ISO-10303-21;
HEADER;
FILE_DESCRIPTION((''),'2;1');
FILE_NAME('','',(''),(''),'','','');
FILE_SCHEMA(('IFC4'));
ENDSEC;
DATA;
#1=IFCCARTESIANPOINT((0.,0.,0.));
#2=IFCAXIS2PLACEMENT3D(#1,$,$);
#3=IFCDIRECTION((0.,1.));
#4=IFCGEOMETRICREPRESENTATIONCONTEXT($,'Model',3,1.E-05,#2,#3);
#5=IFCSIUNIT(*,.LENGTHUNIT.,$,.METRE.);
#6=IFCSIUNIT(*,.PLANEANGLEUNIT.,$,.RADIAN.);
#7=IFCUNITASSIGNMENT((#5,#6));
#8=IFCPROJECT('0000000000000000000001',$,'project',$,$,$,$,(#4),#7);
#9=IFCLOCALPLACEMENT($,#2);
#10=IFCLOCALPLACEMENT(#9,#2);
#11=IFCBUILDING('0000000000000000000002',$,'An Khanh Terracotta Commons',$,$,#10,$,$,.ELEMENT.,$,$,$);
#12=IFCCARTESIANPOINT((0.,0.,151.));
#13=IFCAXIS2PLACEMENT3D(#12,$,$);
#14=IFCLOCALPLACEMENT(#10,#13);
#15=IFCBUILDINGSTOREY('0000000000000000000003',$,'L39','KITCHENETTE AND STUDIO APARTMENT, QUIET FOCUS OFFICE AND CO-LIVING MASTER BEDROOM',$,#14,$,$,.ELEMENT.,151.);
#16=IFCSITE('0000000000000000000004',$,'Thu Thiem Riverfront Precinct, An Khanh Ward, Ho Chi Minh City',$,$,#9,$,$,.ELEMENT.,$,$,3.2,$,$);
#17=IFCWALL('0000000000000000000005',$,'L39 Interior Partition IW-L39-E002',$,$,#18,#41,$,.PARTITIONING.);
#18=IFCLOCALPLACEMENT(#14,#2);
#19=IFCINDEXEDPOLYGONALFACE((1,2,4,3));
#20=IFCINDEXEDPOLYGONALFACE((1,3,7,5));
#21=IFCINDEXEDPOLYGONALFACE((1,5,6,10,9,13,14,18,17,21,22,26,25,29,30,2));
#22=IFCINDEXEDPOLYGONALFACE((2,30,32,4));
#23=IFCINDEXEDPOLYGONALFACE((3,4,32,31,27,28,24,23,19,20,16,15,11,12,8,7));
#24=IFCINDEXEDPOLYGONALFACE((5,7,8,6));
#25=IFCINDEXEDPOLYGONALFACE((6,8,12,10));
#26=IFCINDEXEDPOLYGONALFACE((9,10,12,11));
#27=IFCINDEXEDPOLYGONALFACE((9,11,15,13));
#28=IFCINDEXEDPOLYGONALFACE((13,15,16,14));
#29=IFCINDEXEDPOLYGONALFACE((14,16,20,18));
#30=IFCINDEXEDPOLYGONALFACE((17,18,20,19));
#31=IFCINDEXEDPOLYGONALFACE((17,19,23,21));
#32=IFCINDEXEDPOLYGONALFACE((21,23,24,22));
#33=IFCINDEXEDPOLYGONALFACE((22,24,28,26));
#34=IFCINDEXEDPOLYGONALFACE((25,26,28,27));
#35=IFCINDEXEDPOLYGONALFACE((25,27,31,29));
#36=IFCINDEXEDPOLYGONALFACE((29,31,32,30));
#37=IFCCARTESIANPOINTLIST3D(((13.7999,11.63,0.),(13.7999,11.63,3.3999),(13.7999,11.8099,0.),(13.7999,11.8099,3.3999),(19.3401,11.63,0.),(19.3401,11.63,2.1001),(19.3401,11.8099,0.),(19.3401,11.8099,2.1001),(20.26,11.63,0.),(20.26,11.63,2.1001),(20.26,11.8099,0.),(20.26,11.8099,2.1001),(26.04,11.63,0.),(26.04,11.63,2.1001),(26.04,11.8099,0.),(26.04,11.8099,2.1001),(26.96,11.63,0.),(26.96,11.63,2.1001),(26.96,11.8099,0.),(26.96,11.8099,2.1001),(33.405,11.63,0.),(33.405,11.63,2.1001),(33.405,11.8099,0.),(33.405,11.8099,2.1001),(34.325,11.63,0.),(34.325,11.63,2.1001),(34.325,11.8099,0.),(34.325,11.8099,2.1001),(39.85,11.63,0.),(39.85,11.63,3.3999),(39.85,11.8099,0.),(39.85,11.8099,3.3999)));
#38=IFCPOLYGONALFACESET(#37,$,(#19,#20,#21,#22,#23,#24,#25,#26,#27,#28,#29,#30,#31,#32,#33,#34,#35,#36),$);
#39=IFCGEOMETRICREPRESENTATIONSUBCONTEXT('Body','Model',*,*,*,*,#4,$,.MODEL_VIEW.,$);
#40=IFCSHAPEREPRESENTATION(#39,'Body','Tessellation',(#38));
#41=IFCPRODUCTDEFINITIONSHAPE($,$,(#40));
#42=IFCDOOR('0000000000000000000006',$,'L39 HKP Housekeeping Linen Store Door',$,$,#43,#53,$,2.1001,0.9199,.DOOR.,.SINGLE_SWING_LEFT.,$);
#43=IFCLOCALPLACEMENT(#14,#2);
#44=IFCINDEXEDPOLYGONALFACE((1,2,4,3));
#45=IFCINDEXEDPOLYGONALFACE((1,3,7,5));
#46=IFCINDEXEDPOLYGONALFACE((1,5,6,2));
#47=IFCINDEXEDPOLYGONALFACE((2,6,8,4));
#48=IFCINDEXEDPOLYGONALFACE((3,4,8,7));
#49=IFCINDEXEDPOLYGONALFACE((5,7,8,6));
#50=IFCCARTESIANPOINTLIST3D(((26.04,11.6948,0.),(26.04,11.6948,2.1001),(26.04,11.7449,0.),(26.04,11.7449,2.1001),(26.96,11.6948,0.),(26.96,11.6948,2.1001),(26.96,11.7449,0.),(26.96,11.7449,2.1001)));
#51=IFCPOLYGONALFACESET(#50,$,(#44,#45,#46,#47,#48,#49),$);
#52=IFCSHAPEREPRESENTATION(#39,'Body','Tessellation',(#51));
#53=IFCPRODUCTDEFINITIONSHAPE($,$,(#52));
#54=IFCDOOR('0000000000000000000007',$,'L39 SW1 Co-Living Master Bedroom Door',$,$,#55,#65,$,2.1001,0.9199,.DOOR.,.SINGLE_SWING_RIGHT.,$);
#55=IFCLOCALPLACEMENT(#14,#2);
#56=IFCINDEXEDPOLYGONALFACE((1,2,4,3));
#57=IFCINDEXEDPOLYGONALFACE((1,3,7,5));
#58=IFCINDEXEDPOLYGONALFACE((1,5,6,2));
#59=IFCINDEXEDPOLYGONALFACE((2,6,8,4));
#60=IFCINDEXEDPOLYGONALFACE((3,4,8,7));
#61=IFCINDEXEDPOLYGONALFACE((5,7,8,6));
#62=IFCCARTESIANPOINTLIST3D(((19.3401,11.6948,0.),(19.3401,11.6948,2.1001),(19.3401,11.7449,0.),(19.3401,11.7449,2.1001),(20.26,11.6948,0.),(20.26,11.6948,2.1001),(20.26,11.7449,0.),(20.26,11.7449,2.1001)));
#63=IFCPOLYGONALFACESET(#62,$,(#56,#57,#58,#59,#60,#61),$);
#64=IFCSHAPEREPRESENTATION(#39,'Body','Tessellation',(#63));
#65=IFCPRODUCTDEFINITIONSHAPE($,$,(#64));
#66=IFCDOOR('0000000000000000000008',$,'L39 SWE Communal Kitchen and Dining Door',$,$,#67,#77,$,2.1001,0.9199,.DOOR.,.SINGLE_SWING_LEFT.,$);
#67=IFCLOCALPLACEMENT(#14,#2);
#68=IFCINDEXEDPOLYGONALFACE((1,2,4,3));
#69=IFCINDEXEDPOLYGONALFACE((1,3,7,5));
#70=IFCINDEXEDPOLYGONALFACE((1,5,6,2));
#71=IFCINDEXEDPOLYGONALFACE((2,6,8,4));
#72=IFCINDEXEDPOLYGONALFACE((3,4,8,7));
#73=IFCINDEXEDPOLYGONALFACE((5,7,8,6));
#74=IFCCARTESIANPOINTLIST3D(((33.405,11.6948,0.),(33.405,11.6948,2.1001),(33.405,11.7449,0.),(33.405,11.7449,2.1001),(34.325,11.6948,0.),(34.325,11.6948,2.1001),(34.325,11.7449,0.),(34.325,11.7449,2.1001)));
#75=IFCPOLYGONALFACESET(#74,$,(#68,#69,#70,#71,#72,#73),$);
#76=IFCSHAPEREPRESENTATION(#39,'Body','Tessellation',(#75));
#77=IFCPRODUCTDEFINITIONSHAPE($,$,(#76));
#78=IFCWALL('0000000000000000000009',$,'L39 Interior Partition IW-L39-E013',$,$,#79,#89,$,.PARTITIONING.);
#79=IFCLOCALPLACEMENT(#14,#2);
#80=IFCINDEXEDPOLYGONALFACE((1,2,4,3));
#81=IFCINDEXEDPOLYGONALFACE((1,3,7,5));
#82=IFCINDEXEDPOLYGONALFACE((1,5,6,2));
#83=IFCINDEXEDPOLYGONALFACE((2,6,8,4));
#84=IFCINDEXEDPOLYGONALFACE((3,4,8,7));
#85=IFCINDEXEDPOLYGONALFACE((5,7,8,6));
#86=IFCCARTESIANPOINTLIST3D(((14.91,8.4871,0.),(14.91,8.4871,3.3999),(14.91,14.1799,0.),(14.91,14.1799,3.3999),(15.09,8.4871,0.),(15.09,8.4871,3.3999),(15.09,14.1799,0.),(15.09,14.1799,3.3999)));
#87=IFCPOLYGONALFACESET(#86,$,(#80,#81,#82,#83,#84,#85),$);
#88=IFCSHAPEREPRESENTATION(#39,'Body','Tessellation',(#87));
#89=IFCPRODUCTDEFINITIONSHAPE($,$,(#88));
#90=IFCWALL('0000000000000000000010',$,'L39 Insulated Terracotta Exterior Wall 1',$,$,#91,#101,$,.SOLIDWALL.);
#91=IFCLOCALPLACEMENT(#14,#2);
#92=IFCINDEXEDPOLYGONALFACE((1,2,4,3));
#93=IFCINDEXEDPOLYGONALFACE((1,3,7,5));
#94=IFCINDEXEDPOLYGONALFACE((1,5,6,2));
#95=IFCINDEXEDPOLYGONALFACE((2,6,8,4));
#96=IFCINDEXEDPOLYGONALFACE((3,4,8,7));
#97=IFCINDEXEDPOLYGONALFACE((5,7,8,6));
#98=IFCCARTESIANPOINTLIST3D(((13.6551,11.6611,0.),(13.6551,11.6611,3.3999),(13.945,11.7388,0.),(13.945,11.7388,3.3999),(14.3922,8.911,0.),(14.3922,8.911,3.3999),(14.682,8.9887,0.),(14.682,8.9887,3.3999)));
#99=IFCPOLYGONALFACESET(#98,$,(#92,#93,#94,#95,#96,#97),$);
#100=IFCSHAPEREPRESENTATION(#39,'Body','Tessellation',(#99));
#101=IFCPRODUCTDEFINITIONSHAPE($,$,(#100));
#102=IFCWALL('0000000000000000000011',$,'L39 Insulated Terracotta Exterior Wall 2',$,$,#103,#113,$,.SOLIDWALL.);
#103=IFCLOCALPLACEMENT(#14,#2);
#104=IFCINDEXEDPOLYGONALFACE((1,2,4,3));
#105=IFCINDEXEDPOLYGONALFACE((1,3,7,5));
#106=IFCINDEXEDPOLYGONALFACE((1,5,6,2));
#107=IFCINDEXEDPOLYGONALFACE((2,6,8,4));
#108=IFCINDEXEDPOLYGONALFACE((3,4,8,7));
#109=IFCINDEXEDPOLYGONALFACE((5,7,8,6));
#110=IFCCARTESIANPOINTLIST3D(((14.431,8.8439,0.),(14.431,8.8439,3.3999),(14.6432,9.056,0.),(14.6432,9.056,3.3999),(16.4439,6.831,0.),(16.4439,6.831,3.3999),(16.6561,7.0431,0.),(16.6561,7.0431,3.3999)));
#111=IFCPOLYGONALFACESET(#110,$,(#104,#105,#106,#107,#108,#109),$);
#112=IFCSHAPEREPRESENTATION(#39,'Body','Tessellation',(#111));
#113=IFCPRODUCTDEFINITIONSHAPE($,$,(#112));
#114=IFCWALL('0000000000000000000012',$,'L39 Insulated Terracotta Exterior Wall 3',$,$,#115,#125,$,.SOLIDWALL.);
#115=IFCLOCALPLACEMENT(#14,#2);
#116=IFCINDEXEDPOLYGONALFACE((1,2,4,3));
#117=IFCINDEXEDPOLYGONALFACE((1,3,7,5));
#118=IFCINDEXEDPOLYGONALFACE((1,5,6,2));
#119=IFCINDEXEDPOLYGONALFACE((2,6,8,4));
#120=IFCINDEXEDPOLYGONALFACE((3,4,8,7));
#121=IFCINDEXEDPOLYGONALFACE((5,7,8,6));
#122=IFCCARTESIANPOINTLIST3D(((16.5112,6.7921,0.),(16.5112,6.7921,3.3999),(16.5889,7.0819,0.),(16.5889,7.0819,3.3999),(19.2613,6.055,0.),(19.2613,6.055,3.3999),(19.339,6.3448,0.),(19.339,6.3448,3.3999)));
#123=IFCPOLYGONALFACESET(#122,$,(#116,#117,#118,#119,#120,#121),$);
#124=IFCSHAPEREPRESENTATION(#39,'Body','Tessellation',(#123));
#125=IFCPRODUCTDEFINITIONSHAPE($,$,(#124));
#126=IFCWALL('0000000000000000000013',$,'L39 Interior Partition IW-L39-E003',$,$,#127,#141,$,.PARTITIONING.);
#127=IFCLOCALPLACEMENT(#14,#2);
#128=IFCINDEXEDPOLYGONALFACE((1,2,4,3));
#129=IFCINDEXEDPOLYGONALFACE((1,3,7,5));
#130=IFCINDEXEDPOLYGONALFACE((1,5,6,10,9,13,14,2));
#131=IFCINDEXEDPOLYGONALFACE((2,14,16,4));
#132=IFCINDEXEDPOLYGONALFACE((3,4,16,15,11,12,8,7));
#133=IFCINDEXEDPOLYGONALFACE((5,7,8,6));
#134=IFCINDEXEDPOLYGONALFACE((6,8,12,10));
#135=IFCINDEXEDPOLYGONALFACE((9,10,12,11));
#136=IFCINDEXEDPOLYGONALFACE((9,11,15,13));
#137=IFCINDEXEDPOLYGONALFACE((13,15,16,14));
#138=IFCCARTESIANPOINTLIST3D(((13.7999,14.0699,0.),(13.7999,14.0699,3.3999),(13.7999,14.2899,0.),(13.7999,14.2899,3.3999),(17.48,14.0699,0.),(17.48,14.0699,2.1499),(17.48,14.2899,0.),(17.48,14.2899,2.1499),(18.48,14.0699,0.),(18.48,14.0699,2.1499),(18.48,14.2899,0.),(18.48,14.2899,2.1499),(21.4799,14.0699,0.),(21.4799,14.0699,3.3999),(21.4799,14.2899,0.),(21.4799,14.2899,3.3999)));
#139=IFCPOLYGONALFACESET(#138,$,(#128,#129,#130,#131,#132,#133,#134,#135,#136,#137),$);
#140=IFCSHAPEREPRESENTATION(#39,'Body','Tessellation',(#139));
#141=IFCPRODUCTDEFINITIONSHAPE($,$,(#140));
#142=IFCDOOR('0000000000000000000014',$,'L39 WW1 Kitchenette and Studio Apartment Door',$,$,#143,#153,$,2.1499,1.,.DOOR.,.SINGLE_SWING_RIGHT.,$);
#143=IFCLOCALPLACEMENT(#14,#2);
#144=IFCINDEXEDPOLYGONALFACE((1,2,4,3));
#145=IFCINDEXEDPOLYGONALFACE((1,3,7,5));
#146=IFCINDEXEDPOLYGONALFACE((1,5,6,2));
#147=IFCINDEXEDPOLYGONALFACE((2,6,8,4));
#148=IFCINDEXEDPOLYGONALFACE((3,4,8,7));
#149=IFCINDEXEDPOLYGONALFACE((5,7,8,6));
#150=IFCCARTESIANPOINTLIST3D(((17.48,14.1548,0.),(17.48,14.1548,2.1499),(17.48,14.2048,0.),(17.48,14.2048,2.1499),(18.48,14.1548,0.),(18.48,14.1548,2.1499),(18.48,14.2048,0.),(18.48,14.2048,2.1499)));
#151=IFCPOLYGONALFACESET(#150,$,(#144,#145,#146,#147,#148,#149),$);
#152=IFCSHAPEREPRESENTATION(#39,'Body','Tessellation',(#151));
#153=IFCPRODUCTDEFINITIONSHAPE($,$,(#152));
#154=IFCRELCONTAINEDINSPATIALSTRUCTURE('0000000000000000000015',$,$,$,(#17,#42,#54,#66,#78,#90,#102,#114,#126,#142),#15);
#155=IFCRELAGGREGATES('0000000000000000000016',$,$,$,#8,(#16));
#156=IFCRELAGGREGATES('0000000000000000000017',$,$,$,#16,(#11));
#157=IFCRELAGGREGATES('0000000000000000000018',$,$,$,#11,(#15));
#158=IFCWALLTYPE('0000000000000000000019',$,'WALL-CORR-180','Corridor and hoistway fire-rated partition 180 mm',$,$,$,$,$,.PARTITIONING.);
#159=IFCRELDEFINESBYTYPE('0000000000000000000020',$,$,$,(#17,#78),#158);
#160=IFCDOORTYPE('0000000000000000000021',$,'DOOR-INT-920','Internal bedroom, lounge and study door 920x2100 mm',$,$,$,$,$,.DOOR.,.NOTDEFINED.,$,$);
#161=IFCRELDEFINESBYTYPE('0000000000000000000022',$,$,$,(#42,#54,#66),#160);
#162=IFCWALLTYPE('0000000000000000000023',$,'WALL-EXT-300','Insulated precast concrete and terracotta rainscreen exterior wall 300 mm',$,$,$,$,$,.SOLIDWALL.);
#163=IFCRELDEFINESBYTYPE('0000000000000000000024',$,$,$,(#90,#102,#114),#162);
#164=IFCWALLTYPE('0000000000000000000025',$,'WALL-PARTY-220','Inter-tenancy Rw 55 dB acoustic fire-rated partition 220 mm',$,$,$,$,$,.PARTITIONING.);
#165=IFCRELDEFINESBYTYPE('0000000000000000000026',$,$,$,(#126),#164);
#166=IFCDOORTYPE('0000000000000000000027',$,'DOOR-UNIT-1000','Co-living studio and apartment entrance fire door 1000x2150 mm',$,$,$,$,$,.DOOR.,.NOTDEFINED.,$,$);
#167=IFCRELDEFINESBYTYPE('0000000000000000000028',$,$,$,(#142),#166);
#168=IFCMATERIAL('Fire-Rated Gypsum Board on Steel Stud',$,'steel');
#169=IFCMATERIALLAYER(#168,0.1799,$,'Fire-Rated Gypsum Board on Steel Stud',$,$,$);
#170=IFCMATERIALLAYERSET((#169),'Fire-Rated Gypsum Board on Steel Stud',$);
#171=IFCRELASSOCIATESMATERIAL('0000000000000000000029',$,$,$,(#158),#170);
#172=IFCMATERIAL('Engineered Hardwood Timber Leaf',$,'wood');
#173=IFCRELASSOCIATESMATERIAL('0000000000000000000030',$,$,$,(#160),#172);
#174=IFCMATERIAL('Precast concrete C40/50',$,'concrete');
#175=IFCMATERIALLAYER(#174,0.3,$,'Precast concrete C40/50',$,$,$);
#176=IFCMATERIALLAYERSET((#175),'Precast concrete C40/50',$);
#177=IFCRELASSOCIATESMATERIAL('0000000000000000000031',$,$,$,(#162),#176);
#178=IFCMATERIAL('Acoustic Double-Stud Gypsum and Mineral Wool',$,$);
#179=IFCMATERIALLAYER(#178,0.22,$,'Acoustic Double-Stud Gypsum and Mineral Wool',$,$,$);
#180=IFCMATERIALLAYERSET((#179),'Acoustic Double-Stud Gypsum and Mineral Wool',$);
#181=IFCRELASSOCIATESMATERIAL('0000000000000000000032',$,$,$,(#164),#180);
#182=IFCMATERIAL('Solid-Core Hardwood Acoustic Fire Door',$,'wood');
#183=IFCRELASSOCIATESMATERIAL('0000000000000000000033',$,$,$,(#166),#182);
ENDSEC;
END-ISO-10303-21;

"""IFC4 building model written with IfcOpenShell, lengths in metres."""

from ifc_helpers import new_model, si_unit, direction, frame, frame_2d, origin, place, context, subcontext, project, spatial, rectangle, extrude, material, layer, layer_set, type_object, element, fill, save


model = new_model("IFC4")

# Units and contexts
model_context = context("Model", 3, precision=1e-05, world=origin(), true_north=direction((0.0, 1.0)))
body_context = subcontext(model_context, "Body", "Model", "MODEL_VIEW")
ifc_project = project(units=[si_unit("LENGTHUNIT", "METRE"), si_unit("PLANEANGLEUNIT", "RADIAN")], contexts=[model_context])

# Site, building, storey
site_placement = place(None, origin())
site = spatial("IfcSite", under=ifc_project, at=site_placement, Name="Thu Thiem Riverfront Precinct, An Khanh Ward, Ho Chi Minh City", CompositionType="ELEMENT", RefElevation=3.2)
building_placement = place(site_placement, origin())
building = spatial("IfcBuilding", under=site, at=building_placement, Name="An Khanh Terracotta Commons", CompositionType="ELEMENT")
storey_placement = place(building_placement, frame((0.0, 0.0, 151.0)))
storey = spatial("IfcBuildingStorey", under=building, at=storey_placement, Name="L39", Description="KITCHENETTE AND STUDIO APARTMENT, QUIET FOCUS OFFICE AND CO-LIVING MASTER BEDROOM", CompositionType="ELEMENT", Elevation=151.0)

# Shared definitions
ifc_material_1 = material(Name="Precast concrete C40/50", Category="concrete")

# Wall, openings, doors
ifc_material_2 = material(Name="Fire-Rated Gypsum Board on Steel Stud", Category="steel")
ifc_layer_1 = layer(ifc_material_2, 0.1799, Name="Fire-Rated Gypsum Board on Steel Stud")
ifc_layer_set_1 = layer_set([ifc_layer_1], Name="Fire-Rated Gypsum Board on Steel Stud")
wall_type_1 = type_object("IfcWallType", Name="WALL-CORR-180", Description="Corridor and hoistway fire-rated partition 180 mm", PredefinedType="PARTITIONING", material=ifc_layer_set_1)
wall_1_placement = place(storey_placement, frame((13.8, 11.72, 0.0), z_axis=(0.0, 0.0, 1.0), x_axis=(1.0, 0.0, 0.0)))
wall_1 = element("IfcWall", 1, at=wall_1_placement, inside=storey, type_object=wall_type_1, Name="L39 Interior Partition IW-L39-E002", PredefinedType="PARTITIONING", context=body_context, shape_type="SweptSolid", body=[
    extrude(rectangle(XDim=26.05, YDim=0.1799, at=frame_2d((13.0249, 0.0))), origin(), (0.0, 0.0, 1.0), 3.3999),
])
opening_1_placement = place(wall_1_placement, frame((12.24, 0.0, 0.0)))
opening_1 = element("IfcOpeningElement", 2, at=opening_1_placement, cuts=wall_1, PredefinedType="OPENING", context=body_context, shape_type="SweptSolid", body=[
    extrude(rectangle(XDim=0.9199, YDim=2.1001, at=frame_2d((0.46, 1.05))), frame((0.0, 0.0999, 0.0), z_axis=(0.0, -1.0, 0.0), x_axis=(1.0, 0.0, 0.0)), (0.0, 0.0, 1.0), 0.2),
])
opening_2_placement = place(wall_1_placement, frame((5.54, 0.0, 0.0)))
opening_2 = element("IfcOpeningElement", 3, at=opening_2_placement, cuts=wall_1, PredefinedType="OPENING", context=body_context, shape_type="SweptSolid", body=[
    extrude(rectangle(XDim=0.9199, YDim=2.1001, at=frame_2d((0.46, 1.05))), frame((0.0, 0.0999, 0.0), z_axis=(0.0, -1.0, 0.0), x_axis=(1.0, 0.0, 0.0)), (0.0, 0.0, 1.0), 0.2),
])
opening_3_placement = place(wall_1_placement, frame((19.605, 0.0, 0.0)))
opening_3 = element("IfcOpeningElement", 4, at=opening_3_placement, cuts=wall_1, PredefinedType="OPENING", context=body_context, shape_type="SweptSolid", body=[
    extrude(rectangle(XDim=0.9199, YDim=2.1001, at=frame_2d((0.46, 1.05))), frame((0.0, 0.0999, 0.0), z_axis=(0.0, -1.0, 0.0), x_axis=(1.0, 0.0, 0.0)), (0.0, 0.0, 1.0), 0.2),
])
ifc_material_3 = material(Name="Engineered Hardwood Timber Leaf", Category="wood")
door_type_1 = type_object("IfcDoorType", Name="DOOR-INT-920", Description="Internal bedroom, lounge and study door 920x2100 mm", OperationType="NOTDEFINED", PredefinedType="DOOR", material=ifc_material_3)
door_1_placement = place(opening_1_placement, origin())
door_1 = element("IfcDoor", 5, at=door_1_placement, inside=storey, type_object=door_type_1, Name="L39 HKP Housekeeping Linen Store Door", OperationType="SINGLE_SWING_LEFT", OverallHeight=2.1001, OverallWidth=0.9199, PredefinedType="DOOR", context=body_context, shape_type="SweptSolid", body=[
    extrude(rectangle(XDim=0.9199, YDim=2.1001, at=frame_2d((0.46, 1.05))), frame((0.0, 0.0249, 0.0), z_axis=(0.0, -1.0, 0.0), x_axis=(1.0, 0.0, 0.0)), (0.0, 0.0, 1.0), 0.05),
])
fill(opening_1, door_1)
door_2_placement = place(opening_2_placement, origin())
door_2 = element("IfcDoor", 6, at=door_2_placement, inside=storey, type_object=door_type_1, Name="L39 SW1 Co-Living Master Bedroom Door", OperationType="SINGLE_SWING_RIGHT", OverallHeight=2.1001, OverallWidth=0.9199, PredefinedType="DOOR", context=body_context, shape_type="SweptSolid", body=[
    extrude(rectangle(XDim=0.9199, YDim=2.1001, at=frame_2d((0.46, 1.05))), frame((0.0, 0.0249, 0.0), z_axis=(0.0, -1.0, 0.0), x_axis=(1.0, 0.0, 0.0)), (0.0, 0.0, 1.0), 0.05),
])
fill(opening_2, door_2)
door_3_placement = place(opening_3_placement, origin())
door_3 = element("IfcDoor", 7, at=door_3_placement, inside=storey, type_object=door_type_1, Name="L39 SWE Communal Kitchen and Dining Door", OperationType="SINGLE_SWING_LEFT", OverallHeight=2.1001, OverallWidth=0.9199, PredefinedType="DOOR", context=body_context, shape_type="SweptSolid", body=[
    extrude(rectangle(XDim=0.9199, YDim=2.1001, at=frame_2d((0.46, 1.05))), frame((0.0, 0.0249, 0.0), z_axis=(0.0, -1.0, 0.0), x_axis=(1.0, 0.0, 0.0)), (0.0, 0.0, 1.0), 0.05),
])
fill(opening_3, door_3)

# Walls
wall_2_placement = place(storey_placement, frame((15.0, 8.4871, 0.0), z_axis=(0.0, 0.0, 1.0), x_axis=(0.0, 1.0, 0.0)))
element("IfcWall", 8, at=wall_2_placement, inside=storey, type_object=wall_type_1, Name="L39 Interior Partition IW-L39-E013", PredefinedType="PARTITIONING", context=body_context, shape_type="SweptSolid", body=[
    extrude(rectangle(XDim=5.6929, YDim=0.1799, at=frame_2d((2.8464, 0.0))), origin(), (0.0, 0.0, 1.0), 3.3999),
])
ifc_layer_2 = layer(ifc_material_1, 0.3, Name="Precast concrete C40/50")
ifc_layer_set_2 = layer_set([ifc_layer_2], Name="Precast concrete C40/50")
wall_type_2 = type_object("IfcWallType", Name="WALL-EXT-300", Description="Insulated precast concrete and terracotta rainscreen exterior wall 300 mm", PredefinedType="SOLIDWALL", material=ifc_layer_set_2)
wall_3_placement = place(storey_placement, frame((13.8, 11.7, 0.0), z_axis=(0.0, 0.0, 1.0), x_axis=(0.258885, -0.965908, 0.0)))
element("IfcWall", 9, at=wall_3_placement, inside=storey, type_object=wall_type_2, Name="L39 Insulated Terracotta Exterior Wall 1", PredefinedType="SOLIDWALL", context=body_context, shape_type="SweptSolid", body=[
    extrude(rectangle(XDim=2.8472, YDim=0.3, at=frame_2d((1.4236, 0.0))), origin(), (0.0, 0.0, 1.0), 3.3999),
])
wall_4_placement = place(storey_placement, frame((14.5371, 8.95, 0.0), z_axis=(0.0, 0.0, 1.0), x_axis=(0.707107, -0.707107, 0.0)))
element("IfcWall", 10, at=wall_4_placement, inside=storey, type_object=wall_type_2, Name="L39 Insulated Terracotta Exterior Wall 2", PredefinedType="SOLIDWALL", context=body_context, shape_type="SweptSolid", body=[
    extrude(rectangle(XDim=2.8467, YDim=0.3, at=frame_2d((1.4233, 0.0))), origin(), (0.0, 0.0, 1.0), 3.3999),
])
wall_5_placement = place(storey_placement, frame((16.55, 6.937, 0.0), z_axis=(0.0, 0.0, 1.0), x_axis=(0.965908, -0.258885, 0.0)))
element("IfcWall", 11, at=wall_5_placement, inside=storey, type_object=wall_type_2, Name="L39 Insulated Terracotta Exterior Wall 3", PredefinedType="SOLIDWALL", context=body_context, shape_type="SweptSolid", body=[
    extrude(rectangle(XDim=2.8472, YDim=0.3, at=frame_2d((1.4236, 0.0))), origin(), (0.0, 0.0, 1.0), 3.3999),
])

# Wall, opening, door
ifc_material_4 = material(Name="Acoustic Double-Stud Gypsum and Mineral Wool")
ifc_layer_3 = layer(ifc_material_4, 0.22, Name="Acoustic Double-Stud Gypsum and Mineral Wool")
ifc_layer_set_3 = layer_set([ifc_layer_3], Name="Acoustic Double-Stud Gypsum and Mineral Wool")
wall_type_3 = type_object("IfcWallType", Name="WALL-PARTY-220", Description="Inter-tenancy Rw 55 dB acoustic fire-rated partition 220 mm", PredefinedType="PARTITIONING", material=ifc_layer_set_3)
wall_6_placement = place(storey_placement, frame((13.8, 14.1799, 0.0), z_axis=(0.0, 0.0, 1.0), x_axis=(1.0, 0.0, 0.0)))
wall_6 = element("IfcWall", 12, at=wall_6_placement, inside=storey, type_object=wall_type_3, Name="L39 Interior Partition IW-L39-E003", PredefinedType="PARTITIONING", context=body_context, shape_type="SweptSolid", body=[
    extrude(rectangle(XDim=7.6799, YDim=0.22, at=frame_2d((3.8398, 0.0))), origin(), (0.0, 0.0, 1.0), 3.3999),
])
opening_4_placement = place(wall_6_placement, frame((3.6799, 0.0, 0.0)))
opening_4 = element("IfcOpeningElement", 13, at=opening_4_placement, cuts=wall_6, PredefinedType="OPENING", context=body_context, shape_type="SweptSolid", body=[
    extrude(rectangle(XDim=1.0, YDim=2.1499, at=frame_2d((0.5, 1.075))), frame((0.0, 0.1199, 0.0), z_axis=(0.0, -1.0, 0.0), x_axis=(1.0, 0.0, 0.0)), (0.0, 0.0, 1.0), 0.24),
])
ifc_material_5 = material(Name="Solid-Core Hardwood Acoustic Fire Door", Category="wood")
door_type_2 = type_object("IfcDoorType", Name="DOOR-UNIT-1000", Description="Co-living studio and apartment entrance fire door 1000x2150 mm", OperationType="NOTDEFINED", PredefinedType="DOOR", material=ifc_material_5)
door_4_placement = place(opening_4_placement, origin())
door_4 = element("IfcDoor", 14, at=door_4_placement, inside=storey, type_object=door_type_2, Name="L39 WW1 Kitchenette and Studio Apartment Door", OperationType="SINGLE_SWING_RIGHT", OverallHeight=2.1499, OverallWidth=1.0, PredefinedType="DOOR", context=body_context, shape_type="SweptSolid", body=[
    extrude(rectangle(XDim=1.0, YDim=2.1499, at=frame_2d((0.5, 1.075))), frame((0.0, 0.0249, 0.0), z_axis=(0.0, -1.0, 0.0), x_axis=(1.0, 0.0, 0.0)), (0.0, 0.0, 1.0), 0.05),
])
fill(opening_4, door_4)

save(model, "model.ifc")
